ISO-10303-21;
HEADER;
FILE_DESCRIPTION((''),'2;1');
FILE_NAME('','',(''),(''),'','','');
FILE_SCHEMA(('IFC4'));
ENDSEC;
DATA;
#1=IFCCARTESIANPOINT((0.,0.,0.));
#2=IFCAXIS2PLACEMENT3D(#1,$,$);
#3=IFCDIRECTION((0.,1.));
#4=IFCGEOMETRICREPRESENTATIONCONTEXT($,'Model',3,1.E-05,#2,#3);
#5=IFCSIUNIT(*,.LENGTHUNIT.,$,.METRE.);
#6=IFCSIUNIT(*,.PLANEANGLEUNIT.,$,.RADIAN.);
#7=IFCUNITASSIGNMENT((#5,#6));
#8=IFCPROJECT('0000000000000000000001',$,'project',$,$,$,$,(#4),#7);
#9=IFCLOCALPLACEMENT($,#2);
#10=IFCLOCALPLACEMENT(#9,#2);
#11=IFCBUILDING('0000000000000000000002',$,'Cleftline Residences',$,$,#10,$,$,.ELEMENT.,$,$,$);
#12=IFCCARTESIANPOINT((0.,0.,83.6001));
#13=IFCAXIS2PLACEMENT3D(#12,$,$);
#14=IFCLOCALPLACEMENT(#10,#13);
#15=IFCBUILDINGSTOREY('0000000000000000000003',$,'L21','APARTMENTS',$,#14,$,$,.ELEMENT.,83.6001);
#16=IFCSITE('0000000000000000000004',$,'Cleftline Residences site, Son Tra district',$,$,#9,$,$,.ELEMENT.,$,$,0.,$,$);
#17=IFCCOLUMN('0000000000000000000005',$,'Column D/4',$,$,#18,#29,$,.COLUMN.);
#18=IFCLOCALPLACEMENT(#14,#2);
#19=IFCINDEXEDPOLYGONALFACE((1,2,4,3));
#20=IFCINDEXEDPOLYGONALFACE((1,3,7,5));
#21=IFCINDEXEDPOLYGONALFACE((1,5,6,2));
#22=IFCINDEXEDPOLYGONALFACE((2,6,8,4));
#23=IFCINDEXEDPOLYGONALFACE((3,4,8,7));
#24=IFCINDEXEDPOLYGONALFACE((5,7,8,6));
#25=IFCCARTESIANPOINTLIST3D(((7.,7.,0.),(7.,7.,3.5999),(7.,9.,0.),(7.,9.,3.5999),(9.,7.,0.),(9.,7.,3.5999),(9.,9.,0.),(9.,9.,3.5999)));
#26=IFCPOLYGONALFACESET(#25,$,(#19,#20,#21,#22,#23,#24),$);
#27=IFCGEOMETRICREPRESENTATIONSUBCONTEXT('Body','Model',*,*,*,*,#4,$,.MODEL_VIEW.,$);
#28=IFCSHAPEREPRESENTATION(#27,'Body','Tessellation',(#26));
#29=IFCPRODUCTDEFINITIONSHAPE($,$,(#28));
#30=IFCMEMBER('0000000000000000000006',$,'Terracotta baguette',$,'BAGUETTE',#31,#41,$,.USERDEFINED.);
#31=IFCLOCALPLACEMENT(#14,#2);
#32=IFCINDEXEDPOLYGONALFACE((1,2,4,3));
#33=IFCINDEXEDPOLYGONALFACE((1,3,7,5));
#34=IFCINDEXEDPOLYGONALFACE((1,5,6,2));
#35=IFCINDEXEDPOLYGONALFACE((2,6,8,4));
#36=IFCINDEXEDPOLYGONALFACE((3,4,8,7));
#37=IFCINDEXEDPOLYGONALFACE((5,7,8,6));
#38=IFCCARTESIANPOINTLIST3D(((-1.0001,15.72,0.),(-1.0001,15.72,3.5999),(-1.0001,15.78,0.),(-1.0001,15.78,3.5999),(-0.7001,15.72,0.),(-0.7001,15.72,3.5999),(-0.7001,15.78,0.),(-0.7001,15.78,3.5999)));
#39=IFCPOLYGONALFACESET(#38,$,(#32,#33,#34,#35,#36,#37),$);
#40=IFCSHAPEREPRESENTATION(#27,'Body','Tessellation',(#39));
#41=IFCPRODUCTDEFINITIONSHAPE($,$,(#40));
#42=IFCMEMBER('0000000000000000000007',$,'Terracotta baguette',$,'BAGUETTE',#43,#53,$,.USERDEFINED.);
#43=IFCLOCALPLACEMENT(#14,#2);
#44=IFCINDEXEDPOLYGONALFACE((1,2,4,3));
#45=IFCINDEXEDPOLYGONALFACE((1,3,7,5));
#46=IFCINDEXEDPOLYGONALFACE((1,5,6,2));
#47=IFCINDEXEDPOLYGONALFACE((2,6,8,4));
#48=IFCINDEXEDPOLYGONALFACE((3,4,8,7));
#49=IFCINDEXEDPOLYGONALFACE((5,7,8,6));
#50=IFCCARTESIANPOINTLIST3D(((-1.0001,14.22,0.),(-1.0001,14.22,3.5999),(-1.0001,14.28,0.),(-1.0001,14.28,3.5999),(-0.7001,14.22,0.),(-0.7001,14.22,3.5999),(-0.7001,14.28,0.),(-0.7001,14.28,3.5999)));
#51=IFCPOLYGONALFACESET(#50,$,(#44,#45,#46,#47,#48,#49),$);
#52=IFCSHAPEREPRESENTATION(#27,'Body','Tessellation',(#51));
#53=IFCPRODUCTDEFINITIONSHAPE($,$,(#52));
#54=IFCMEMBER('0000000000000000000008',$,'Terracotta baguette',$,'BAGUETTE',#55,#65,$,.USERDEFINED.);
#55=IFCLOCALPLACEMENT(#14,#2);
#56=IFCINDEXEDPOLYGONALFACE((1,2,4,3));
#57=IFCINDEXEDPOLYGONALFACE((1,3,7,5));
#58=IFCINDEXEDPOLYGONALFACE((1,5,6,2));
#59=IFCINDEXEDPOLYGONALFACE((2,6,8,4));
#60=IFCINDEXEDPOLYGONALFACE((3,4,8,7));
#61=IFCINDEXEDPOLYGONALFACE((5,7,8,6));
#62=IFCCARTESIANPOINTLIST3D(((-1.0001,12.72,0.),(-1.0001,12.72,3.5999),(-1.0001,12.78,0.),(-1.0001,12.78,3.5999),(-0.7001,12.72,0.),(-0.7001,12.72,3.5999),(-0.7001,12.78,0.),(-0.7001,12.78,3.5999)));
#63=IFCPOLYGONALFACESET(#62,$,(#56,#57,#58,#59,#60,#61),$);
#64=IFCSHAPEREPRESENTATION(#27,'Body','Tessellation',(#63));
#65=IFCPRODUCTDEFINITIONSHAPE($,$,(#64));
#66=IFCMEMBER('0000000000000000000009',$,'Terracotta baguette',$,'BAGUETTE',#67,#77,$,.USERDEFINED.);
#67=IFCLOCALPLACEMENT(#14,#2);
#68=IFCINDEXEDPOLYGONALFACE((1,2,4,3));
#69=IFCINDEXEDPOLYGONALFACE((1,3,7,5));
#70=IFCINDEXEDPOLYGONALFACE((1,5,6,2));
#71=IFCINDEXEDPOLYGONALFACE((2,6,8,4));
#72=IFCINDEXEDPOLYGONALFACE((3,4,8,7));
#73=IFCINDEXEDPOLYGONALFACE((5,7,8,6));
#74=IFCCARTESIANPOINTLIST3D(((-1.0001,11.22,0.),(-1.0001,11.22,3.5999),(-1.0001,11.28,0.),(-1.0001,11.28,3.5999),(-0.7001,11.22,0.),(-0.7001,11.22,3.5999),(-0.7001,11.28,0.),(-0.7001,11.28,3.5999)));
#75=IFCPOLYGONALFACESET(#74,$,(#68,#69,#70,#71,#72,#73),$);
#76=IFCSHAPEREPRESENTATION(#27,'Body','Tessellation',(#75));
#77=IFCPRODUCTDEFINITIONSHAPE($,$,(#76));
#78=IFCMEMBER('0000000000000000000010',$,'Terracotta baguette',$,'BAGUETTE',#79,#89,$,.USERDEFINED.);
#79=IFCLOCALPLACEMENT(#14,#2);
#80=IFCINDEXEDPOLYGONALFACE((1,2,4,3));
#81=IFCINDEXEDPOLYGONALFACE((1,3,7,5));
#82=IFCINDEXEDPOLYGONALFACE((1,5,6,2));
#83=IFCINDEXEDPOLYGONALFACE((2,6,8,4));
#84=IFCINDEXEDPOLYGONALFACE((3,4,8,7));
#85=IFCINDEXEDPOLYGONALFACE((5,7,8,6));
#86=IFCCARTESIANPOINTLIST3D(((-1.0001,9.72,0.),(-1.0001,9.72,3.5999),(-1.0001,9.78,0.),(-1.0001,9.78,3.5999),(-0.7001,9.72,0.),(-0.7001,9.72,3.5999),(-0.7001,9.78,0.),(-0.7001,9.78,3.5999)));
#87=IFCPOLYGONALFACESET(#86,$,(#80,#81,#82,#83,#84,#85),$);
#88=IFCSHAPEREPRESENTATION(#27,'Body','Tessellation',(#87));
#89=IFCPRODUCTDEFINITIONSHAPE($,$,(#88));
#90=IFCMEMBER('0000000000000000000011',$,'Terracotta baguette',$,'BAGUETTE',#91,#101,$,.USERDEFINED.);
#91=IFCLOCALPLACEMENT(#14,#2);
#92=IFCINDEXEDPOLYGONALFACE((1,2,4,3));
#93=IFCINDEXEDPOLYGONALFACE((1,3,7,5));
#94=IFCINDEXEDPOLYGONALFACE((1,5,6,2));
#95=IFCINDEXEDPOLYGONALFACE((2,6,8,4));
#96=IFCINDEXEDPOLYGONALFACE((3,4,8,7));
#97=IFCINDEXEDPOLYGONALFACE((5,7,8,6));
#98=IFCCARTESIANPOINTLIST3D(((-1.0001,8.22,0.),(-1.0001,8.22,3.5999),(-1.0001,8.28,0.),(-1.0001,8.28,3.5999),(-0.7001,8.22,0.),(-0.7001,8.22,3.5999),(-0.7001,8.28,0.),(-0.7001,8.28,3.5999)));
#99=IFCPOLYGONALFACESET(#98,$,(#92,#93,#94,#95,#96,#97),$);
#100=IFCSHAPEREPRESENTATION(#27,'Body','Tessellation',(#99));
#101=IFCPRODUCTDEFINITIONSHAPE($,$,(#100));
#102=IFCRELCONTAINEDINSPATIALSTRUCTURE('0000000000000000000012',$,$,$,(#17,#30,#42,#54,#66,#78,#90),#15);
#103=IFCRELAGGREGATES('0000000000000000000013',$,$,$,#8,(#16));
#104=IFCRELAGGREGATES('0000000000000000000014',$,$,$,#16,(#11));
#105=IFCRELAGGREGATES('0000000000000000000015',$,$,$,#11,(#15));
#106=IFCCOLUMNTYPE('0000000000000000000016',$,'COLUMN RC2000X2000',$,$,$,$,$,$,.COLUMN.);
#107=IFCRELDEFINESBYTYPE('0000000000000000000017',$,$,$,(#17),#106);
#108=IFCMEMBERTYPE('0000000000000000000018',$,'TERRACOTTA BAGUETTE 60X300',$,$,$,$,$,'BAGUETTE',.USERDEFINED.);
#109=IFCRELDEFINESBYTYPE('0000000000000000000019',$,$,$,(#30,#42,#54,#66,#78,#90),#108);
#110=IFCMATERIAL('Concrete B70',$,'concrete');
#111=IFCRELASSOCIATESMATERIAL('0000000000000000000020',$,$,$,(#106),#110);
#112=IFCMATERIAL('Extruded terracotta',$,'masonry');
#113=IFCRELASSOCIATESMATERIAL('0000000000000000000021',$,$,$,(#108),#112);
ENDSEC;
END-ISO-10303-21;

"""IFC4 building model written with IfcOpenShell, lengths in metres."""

from ifc_helpers import new_model, si_unit, direction, frame, origin, origin_2d, place, context, subcontext, project, spatial, rectangle, extrude, material, material_profile, profile_set, type_object, element, save


model = new_model("IFC4")

# Units and contexts
model_context = context("Model", 3, precision=1e-05, world=origin(), true_north=direction((0.0, 1.0)))
body_context = subcontext(model_context, "Body", "Model", "MODEL_VIEW")
ifc_project = project(units=[si_unit("LENGTHUNIT", "METRE"), si_unit("PLANEANGLEUNIT", "RADIAN")], contexts=[model_context])

# Site, building, storey
site_placement = place(None, origin())
site = spatial("IfcSite", under=ifc_project, at=site_placement, Name="Cleftline Residences site, Son Tra district", CompositionType="ELEMENT", RefElevation=0.0)
building_placement = place(site_placement, origin())
building = spatial("IfcBuilding", under=site, at=building_placement, Name="Cleftline Residences", CompositionType="ELEMENT")
storey_placement = place(building_placement, frame((0.0, 0.0, 83.6001)))
storey = spatial("IfcBuildingStorey", under=building, at=storey_placement, Name="L21", Description="APARTMENTS", CompositionType="ELEMENT", Elevation=83.6001)

# Column
ifc_material_1 = material(Name="Concrete B70", Category="concrete")
ifc_material_profile_1 = material_profile(ifc_material_1, rectangle(XDim=2.0, YDim=2.0, at=origin_2d()))
ifc_profile_set_1 = profile_set([ifc_material_profile_1], Name="Concrete B70")
column_type = type_object("IfcColumnType", Name="COLUMN RC2000X2000", PredefinedType="COLUMN", material=ifc_profile_set_1)
column_placement = place(storey_placement, frame((8.0, 8.0, 0.0), z_axis=(0.0, 0.0, 1.0), x_axis=(1.0, 0.0, 0.0)))
element("IfcColumn", 1, at=column_placement, inside=storey, type_object=column_type, Name="Column D/4", PredefinedType="COLUMN", context=body_context, shape_type="SweptSolid", body=[
    extrude(rectangle(XDim=2.0, YDim=2.0, at=origin_2d()), origin(), (0.0, 0.0, 1.0), 3.5999),
])

# Members
ifc_material_2 = material(Name="Extruded terracotta", Category="masonry")
ifc_material_profile_2 = material_profile(ifc_material_2, rectangle(XDim=0.0601, YDim=0.3, at=origin_2d()))
ifc_profile_set_2 = profile_set([ifc_material_profile_2], Name="Extruded terracotta")
member_type = type_object("IfcMemberType", Name="TERRACOTTA BAGUETTE 60X300", ElementType="BAGUETTE", PredefinedType="USERDEFINED", material=ifc_profile_set_2)
for number, where, z_axis, x_axis, name in (
    (2, (-0.8501, 15.75, 0.0), (0.0, 0.0, 1.0), (0.0, 1.0, 0.0), "Terracotta baguette"),
    (3, (-0.8501, 14.25, 0.0), (0.0, 0.0, 1.0), (0.0, 1.0, 0.0), "Terracotta baguette"),
    (4, (-0.8501, 12.75, 0.0), (0.0, 0.0, 1.0), (0.0, 1.0, 0.0), "Terracotta baguette"),
    (5, (-0.8501, 11.25, 0.0), (0.0, 0.0, 1.0), (0.0, 1.0, 0.0), "Terracotta baguette"),
    (6, (-0.8501, 9.75, 0.0), (0.0, 0.0, 1.0), (0.0, 1.0, 0.0), "Terracotta baguette"),
    (7, (-0.8501, 8.25, 0.0), (0.0, 0.0, 1.0), (0.0, 1.0, 0.0), "Terracotta baguette"),
):
    element("IfcMember", number, at=place(storey_placement, frame(where, z_axis=z_axis, x_axis=x_axis)), inside=storey, type_object=member_type, Name=name, ObjectType="BAGUETTE", PredefinedType="USERDEFINED", context=body_context, shape_type="SweptSolid", body=[
        extrude(rectangle(XDim=0.0601, YDim=0.3, at=origin_2d()), origin(), (0.0, 0.0, 1.0), 3.5999),
    ])

save(model, "model.ifc")
